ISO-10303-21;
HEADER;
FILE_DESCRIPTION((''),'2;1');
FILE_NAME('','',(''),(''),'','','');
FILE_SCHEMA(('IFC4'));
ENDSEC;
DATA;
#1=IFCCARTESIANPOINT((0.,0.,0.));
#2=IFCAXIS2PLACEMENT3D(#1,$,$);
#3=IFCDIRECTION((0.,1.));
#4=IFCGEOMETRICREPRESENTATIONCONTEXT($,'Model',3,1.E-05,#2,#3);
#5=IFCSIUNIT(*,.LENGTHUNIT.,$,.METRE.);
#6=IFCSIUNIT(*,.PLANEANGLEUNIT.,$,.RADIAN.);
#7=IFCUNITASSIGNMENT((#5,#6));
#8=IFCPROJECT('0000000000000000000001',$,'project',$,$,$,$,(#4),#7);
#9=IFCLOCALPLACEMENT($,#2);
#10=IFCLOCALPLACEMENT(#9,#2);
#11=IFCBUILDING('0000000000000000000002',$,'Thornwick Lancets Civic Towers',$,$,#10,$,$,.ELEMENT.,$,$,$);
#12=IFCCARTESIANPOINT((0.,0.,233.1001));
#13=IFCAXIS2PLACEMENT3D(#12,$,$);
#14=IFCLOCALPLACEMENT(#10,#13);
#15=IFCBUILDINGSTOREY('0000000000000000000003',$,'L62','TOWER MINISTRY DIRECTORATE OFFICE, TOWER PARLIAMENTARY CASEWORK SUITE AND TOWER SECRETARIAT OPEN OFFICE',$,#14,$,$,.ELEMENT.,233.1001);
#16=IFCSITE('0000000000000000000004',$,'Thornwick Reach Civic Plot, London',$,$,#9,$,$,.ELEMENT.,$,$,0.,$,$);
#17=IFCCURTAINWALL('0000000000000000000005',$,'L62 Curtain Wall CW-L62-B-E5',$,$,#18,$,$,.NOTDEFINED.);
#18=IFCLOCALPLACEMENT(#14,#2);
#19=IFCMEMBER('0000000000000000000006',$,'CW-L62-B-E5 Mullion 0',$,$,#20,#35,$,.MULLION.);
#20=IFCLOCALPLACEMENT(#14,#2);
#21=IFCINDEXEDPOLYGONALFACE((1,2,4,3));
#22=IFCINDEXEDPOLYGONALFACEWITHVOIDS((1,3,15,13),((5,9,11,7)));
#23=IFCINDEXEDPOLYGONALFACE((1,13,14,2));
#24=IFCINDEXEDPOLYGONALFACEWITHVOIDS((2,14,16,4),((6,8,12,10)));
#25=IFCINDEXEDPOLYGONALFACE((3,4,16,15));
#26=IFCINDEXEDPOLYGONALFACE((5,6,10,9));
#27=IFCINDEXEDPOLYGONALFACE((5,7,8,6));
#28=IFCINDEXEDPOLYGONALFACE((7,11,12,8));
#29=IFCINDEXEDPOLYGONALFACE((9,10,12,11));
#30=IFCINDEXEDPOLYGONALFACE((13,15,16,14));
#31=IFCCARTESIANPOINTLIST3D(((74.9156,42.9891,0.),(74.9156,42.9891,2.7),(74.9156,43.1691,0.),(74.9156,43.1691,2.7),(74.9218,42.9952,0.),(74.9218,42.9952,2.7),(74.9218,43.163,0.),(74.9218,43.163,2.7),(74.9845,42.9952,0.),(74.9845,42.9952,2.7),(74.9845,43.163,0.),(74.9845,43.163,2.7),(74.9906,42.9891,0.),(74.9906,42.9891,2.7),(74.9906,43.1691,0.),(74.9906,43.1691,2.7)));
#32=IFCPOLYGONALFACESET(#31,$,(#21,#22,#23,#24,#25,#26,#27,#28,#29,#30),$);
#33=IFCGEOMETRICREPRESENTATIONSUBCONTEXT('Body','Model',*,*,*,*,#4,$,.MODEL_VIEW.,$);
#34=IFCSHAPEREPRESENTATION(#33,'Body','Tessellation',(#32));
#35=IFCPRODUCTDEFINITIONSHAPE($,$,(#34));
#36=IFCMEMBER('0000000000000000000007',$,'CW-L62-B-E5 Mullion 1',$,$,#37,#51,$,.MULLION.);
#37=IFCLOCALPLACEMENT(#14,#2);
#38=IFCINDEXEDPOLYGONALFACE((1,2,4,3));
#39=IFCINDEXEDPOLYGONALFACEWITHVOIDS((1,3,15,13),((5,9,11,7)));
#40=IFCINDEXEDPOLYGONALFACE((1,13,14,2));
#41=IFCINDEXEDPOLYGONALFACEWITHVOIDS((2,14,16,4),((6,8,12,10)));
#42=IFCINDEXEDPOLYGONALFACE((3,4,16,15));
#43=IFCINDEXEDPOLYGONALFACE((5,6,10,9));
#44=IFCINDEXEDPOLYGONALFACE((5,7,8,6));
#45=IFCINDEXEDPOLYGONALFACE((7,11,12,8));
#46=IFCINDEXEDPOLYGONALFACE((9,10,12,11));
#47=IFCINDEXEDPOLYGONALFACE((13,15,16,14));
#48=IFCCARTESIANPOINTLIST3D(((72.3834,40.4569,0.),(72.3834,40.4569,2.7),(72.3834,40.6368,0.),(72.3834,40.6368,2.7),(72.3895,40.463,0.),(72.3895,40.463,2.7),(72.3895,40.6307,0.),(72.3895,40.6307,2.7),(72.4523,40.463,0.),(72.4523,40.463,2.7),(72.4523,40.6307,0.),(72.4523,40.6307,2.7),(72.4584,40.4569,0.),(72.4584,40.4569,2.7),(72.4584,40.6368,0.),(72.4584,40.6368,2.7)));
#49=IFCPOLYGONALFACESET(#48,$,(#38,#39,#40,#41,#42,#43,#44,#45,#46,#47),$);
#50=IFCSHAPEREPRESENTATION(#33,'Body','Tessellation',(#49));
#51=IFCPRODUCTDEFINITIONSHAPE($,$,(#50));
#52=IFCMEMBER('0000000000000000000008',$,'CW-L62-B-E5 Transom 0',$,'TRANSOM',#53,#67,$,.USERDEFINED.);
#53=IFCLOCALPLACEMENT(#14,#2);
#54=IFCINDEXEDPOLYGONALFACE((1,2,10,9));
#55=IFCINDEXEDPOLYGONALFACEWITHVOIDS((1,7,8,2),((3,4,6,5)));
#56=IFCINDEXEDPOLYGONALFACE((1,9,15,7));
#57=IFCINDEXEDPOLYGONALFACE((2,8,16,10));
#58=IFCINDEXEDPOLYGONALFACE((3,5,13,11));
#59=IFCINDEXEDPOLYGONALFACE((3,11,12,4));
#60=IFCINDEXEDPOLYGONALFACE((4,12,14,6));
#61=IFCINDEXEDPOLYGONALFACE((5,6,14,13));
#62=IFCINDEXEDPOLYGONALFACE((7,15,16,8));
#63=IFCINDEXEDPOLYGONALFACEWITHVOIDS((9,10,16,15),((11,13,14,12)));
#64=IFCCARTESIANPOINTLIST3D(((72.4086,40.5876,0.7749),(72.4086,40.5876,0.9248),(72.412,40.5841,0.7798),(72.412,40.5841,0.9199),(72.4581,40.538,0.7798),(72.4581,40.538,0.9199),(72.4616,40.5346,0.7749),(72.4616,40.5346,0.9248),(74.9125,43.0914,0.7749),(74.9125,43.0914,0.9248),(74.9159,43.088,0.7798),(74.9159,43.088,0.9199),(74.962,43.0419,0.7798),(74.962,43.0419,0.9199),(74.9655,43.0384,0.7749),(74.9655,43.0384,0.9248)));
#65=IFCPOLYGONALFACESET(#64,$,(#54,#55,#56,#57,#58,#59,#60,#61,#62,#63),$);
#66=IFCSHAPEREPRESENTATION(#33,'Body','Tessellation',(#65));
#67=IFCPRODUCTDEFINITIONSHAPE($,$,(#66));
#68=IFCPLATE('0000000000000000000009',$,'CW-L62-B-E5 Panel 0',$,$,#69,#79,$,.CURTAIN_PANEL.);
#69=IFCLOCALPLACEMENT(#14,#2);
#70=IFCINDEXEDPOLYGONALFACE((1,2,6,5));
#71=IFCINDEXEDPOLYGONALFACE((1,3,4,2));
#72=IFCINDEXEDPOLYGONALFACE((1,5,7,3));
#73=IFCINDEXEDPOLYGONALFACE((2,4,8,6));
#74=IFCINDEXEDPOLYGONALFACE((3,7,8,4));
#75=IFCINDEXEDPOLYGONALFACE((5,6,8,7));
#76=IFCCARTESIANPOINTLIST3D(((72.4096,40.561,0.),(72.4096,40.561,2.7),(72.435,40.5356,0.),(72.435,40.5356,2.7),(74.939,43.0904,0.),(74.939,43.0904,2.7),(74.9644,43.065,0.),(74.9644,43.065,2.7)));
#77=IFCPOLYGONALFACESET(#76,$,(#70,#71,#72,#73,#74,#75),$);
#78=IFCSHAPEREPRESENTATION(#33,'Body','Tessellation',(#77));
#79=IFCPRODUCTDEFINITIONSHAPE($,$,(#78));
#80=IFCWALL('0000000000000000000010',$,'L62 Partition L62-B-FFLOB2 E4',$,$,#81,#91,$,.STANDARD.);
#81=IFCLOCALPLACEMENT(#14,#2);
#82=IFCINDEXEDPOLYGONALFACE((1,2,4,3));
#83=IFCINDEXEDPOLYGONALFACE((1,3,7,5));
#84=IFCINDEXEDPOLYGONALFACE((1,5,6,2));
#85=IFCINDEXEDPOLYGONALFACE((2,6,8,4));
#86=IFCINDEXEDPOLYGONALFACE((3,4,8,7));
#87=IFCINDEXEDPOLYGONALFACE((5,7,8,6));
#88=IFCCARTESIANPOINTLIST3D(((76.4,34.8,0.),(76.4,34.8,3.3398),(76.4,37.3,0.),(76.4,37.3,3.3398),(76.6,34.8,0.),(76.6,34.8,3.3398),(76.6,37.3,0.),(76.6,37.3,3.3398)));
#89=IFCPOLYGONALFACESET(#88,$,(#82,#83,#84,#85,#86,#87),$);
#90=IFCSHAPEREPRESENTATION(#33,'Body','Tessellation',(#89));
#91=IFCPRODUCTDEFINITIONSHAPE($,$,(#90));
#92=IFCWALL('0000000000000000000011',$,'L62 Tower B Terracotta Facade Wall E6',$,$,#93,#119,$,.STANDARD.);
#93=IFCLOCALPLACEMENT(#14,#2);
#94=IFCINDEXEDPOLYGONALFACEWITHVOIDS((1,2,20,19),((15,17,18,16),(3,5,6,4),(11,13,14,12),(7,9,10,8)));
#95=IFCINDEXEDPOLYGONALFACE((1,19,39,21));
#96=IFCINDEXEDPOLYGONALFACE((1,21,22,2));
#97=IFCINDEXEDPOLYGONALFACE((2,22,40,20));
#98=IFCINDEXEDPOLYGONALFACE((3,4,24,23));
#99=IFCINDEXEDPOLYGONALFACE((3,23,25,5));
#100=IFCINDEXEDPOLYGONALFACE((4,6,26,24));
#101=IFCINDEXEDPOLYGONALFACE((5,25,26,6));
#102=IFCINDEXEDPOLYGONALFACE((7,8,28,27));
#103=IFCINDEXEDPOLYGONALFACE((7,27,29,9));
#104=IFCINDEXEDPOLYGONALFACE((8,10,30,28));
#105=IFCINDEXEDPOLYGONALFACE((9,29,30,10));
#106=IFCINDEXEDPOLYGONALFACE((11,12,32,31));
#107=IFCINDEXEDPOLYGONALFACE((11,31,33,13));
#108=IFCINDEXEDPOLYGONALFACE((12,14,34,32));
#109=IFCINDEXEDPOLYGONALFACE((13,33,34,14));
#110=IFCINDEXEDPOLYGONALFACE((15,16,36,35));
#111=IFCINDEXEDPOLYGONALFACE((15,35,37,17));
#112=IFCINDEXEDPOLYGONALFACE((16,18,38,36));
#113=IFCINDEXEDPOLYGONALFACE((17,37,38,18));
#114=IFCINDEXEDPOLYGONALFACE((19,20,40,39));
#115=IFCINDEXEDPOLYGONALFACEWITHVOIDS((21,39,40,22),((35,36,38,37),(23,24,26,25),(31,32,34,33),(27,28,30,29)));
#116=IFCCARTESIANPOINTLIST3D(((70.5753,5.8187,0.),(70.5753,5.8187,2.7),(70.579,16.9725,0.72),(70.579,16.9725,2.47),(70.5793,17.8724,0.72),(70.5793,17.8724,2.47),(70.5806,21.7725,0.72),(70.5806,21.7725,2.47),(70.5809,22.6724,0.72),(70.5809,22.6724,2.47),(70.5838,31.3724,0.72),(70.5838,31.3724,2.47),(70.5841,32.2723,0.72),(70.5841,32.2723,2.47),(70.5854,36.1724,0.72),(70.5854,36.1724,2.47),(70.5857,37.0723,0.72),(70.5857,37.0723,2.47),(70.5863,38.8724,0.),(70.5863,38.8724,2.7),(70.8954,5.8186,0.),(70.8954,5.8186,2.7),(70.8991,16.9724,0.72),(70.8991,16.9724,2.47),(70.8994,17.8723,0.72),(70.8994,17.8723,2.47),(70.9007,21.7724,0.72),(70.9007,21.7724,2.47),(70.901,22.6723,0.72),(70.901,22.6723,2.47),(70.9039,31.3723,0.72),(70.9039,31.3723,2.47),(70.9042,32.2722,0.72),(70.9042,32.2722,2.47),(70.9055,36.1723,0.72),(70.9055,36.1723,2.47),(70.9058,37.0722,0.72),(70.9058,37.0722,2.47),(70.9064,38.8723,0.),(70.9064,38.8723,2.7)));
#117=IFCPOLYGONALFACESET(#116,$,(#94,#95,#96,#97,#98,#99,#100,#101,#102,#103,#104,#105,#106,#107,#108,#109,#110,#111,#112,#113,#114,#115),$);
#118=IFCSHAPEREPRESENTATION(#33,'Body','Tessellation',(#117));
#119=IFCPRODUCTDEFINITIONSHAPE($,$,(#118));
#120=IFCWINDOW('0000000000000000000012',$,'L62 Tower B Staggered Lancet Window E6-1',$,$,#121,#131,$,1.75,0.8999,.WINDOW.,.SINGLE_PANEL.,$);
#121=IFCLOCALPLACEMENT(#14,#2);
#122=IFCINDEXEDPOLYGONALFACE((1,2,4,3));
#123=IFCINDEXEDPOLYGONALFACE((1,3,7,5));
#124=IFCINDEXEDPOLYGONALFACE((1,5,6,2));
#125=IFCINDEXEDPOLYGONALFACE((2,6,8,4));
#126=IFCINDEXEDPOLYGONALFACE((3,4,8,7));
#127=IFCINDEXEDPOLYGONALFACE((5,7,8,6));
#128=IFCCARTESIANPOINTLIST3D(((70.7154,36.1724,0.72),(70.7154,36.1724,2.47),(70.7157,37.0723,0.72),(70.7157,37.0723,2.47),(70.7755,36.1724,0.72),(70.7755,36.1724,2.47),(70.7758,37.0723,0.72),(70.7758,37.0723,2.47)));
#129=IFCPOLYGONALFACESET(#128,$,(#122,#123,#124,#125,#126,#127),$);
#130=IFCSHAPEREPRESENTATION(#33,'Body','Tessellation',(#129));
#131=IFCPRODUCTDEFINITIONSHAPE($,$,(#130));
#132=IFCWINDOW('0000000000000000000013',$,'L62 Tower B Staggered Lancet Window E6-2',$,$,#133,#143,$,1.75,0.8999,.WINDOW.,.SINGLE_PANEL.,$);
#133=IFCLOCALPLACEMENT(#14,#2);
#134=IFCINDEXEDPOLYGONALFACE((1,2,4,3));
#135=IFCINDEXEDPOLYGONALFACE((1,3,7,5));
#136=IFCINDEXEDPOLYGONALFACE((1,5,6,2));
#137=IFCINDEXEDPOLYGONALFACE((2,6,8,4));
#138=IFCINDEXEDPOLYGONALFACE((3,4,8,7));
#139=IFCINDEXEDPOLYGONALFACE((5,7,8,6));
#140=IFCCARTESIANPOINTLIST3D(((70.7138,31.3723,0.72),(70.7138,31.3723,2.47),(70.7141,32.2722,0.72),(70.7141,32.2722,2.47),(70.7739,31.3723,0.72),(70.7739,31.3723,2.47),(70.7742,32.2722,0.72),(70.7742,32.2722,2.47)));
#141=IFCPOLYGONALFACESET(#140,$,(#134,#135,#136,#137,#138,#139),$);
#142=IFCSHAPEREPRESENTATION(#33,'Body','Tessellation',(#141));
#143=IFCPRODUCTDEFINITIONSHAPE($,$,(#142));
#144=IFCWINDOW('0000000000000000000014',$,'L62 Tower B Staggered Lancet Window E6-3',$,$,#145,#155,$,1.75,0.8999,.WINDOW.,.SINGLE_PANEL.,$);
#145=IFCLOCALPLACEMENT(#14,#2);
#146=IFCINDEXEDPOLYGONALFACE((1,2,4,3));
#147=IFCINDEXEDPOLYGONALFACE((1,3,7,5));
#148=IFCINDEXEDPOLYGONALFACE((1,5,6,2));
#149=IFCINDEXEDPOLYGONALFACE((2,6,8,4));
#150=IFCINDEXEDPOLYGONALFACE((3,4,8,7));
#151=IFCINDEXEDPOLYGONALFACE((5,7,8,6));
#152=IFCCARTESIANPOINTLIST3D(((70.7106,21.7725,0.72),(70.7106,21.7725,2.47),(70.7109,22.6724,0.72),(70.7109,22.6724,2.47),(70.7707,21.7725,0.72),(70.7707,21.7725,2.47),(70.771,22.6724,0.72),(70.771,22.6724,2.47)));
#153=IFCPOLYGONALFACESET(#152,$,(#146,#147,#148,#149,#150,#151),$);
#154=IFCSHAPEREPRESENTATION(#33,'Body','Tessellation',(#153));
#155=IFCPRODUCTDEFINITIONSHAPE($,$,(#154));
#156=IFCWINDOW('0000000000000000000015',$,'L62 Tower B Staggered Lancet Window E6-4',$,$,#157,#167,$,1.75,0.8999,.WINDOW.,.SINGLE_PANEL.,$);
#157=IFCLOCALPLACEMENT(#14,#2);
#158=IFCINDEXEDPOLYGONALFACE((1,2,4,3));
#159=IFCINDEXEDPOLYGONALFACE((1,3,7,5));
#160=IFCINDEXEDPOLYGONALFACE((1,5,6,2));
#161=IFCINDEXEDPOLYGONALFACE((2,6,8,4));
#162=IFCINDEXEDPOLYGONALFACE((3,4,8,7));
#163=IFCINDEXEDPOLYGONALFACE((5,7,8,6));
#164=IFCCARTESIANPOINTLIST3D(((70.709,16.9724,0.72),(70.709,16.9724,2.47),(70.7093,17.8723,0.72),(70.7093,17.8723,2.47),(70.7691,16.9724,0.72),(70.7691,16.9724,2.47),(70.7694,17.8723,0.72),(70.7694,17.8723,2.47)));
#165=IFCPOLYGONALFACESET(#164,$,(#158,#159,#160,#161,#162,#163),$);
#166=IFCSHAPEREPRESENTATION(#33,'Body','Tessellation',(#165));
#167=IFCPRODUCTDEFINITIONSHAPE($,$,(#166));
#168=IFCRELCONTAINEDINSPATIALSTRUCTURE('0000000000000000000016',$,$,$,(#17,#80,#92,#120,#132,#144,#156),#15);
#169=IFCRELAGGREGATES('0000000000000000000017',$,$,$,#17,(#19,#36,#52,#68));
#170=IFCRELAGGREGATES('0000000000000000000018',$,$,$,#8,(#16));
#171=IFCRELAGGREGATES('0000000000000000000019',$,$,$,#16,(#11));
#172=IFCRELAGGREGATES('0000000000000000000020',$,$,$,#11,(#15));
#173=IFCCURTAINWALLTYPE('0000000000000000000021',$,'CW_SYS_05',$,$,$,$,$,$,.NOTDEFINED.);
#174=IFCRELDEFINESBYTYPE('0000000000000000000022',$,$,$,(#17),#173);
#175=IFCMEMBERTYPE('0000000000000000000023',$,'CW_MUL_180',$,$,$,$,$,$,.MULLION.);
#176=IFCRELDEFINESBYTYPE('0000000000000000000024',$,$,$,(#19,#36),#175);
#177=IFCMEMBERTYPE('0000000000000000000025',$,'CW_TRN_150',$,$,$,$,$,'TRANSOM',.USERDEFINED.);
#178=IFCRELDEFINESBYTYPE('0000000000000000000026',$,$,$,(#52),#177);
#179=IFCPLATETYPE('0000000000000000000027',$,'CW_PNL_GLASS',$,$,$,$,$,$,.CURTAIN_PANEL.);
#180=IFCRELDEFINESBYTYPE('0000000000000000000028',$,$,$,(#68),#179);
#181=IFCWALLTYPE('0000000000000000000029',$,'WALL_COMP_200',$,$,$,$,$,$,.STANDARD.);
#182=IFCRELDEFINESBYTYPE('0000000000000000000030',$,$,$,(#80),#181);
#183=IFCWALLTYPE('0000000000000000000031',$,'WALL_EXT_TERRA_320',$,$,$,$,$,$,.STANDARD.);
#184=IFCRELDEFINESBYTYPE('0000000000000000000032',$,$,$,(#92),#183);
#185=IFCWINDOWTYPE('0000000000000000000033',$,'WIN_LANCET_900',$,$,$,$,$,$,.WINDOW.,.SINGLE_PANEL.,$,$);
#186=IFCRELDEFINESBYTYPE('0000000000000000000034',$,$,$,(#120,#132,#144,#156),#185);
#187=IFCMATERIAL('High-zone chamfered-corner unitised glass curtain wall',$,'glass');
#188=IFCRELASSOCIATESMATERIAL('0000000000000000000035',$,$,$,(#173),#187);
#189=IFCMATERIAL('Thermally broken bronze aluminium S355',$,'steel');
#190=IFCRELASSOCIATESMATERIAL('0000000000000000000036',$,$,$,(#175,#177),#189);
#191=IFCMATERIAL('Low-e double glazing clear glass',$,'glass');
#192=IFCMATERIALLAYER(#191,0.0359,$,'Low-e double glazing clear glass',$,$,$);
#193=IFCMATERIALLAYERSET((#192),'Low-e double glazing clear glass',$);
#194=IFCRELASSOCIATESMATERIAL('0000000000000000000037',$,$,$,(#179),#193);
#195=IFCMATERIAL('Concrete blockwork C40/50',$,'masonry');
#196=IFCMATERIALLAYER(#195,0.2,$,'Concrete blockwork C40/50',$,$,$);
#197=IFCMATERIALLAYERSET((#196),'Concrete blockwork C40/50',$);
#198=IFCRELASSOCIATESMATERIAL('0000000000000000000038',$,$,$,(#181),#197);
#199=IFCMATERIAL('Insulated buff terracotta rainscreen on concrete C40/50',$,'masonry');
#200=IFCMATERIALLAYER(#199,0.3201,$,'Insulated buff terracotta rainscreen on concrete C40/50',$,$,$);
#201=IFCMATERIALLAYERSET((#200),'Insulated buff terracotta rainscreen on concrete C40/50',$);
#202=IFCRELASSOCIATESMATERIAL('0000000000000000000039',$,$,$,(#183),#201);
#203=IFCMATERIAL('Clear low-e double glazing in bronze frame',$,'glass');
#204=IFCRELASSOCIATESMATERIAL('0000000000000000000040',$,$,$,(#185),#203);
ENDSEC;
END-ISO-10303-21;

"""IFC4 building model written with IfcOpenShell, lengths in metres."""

from ifc_helpers import new_model, si_unit, direction, frame, frame_2d, origin, origin_2d, place, context, subcontext, project, spatial, rectangle, hollow_rectangle, extrude, material, layer, layer_set, material_profile, profile_set, type_object, element, fill, aggregate, save


model = new_model("IFC4")

# Units and contexts
model_context = context("Model", 3, precision=1e-05, world=origin(), true_north=direction((0.0, 1.0)))
body_context = subcontext(model_context, "Body", "Model", "MODEL_VIEW")
ifc_project = project(units=[si_unit("LENGTHUNIT", "METRE"), si_unit("PLANEANGLEUNIT", "RADIAN")], contexts=[model_context])

# Site, building, storey
site_placement = place(None, origin())
site = spatial("IfcSite", under=ifc_project, at=site_placement, Name="Thornwick Reach Civic Plot, London", CompositionType="ELEMENT", RefElevation=0.0)
building_placement = place(site_placement, origin())
building = spatial("IfcBuilding", under=site, at=building_placement, Name="Thornwick Lancets Civic Towers", CompositionType="ELEMENT")
storey_placement = place(building_placement, frame((0.0, 0.0, 233.1001)))
storey = spatial("IfcBuildingStorey", under=building, at=storey_placement, Name="L62", Description="TOWER MINISTRY DIRECTORATE OFFICE, TOWER PARLIAMENTARY CASEWORK SUITE AND TOWER SECRETARIAT OPEN OFFICE", CompositionType="ELEMENT", Elevation=233.1001)

# Curtain wall, members, plate
ifc_material_1 = material(Name="High-zone chamfered-corner unitised glass curtain wall", Category="glass")
curtain_wall_type = type_object("IfcCurtainWallType", Name="CW_SYS_05", PredefinedType="NOTDEFINED", material=ifc_material_1)
curtain_wall_placement = place(storey_placement, origin())
curtain_wall = element("IfcCurtainWall", 1, at=curtain_wall_placement, inside=storey, type_object=curtain_wall_type, Name="L62 Curtain Wall CW-L62-B-E5", PredefinedType="NOTDEFINED")
ifc_material_2 = material(Name="Thermally broken bronze aluminium S355", Category="steel")
ifc_material_profile_1 = material_profile(ifc_material_2, hollow_rectangle(XDim=0.075, YDim=0.1799, WallThickness=0.0061, at=origin_2d()), Name="RHS 180x75x6")
ifc_profile_set_1 = profile_set([ifc_material_profile_1], Name="Thermally broken bronze aluminium S355")
member_type_1 = type_object("IfcMemberType", Name="CW_MUL_180", PredefinedType="MULLION", material=ifc_profile_set_1)
member_1_placement = place(storey_placement, frame((74.9531, 43.0791, 0.0), z_axis=(0.0, 0.0, 1.0), x_axis=(1.0, 0.0, 0.0)))
member_1 = element("IfcMember", 2, at=member_1_placement, type_object=member_type_1, Name="CW-L62-B-E5 Mullion 0", PredefinedType="MULLION", context=body_context, shape_type="SweptSolid", body=[
    extrude(hollow_rectangle(XDim=0.075, YDim=0.1799, WallThickness=0.0061, at=origin_2d()), origin(), (0.0, 0.0, 1.0), 2.7),
])
member_2_placement = place(storey_placement, frame((72.4209, 40.5469, 0.0), z_axis=(0.0, 0.0, 1.0), x_axis=(1.0, 0.0, 0.0)))
member_2 = element("IfcMember", 3, at=member_2_placement, type_object=member_type_1, Name="CW-L62-B-E5 Mullion 1", PredefinedType="MULLION", context=body_context, shape_type="SweptSolid", body=[
    extrude(hollow_rectangle(XDim=0.075, YDim=0.1799, WallThickness=0.0061, at=origin_2d()), origin(), (0.0, 0.0, 1.0), 2.7),
])
ifc_material_profile_2 = material_profile(ifc_material_2, hollow_rectangle(XDim=0.075, YDim=0.1499, WallThickness=0.0049, at=origin_2d()), Name="RHS 150x75x5")
ifc_profile_set_2 = profile_set([ifc_material_profile_2], Name="Thermally broken bronze aluminium S355")
member_type_2 = type_object("IfcMemberType", Name="CW_TRN_150", ElementType="TRANSOM", PredefinedType="USERDEFINED", material=ifc_profile_set_2)
member_3_placement = place(storey_placement, frame((74.939, 43.0649, 0.8499), z_axis=(-0.707107, -0.707107, 0.0), x_axis=(0.707107, -0.707107, 0.0)))
member_3 = element("IfcMember", 4, at=member_3_placement, type_object=member_type_2, Name="CW-L62-B-E5 Transom 0", ObjectType="TRANSOM", PredefinedType="USERDEFINED", context=body_context, shape_type="SweptSolid", body=[
    extrude(hollow_rectangle(XDim=0.075, YDim=0.1499, WallThickness=0.0049, at=origin_2d()), origin(), (0.0, 0.0, 1.0), 3.541),
])
ifc_material_3 = material(Name="Low-e double glazing clear glass", Category="glass")
ifc_layer_1 = layer(ifc_material_3, 0.0359, Name="Low-e double glazing clear glass")
ifc_layer_set_1 = layer_set([ifc_layer_1], Name="Low-e double glazing clear glass")
plate_type = type_object("IfcPlateType", Name="CW_PNL_GLASS", PredefinedType="CURTAIN_PANEL", material=ifc_layer_set_1)
plate_placement = place(storey_placement, frame((73.687, 41.813, 0.0), z_axis=(0.0, 0.0, 1.0), x_axis=(-0.707107, -0.707107, 0.0)))
plate = element("IfcPlate", 5, at=plate_placement, type_object=plate_type, Name="CW-L62-B-E5 Panel 0", PredefinedType="CURTAIN_PANEL", context=body_context, shape_type="SweptSolid", body=[
    extrude(rectangle(XDim=3.5771, YDim=0.0359, at=origin_2d()), origin(), (0.0, 0.0, 1.0), 2.7),
])
aggregate(curtain_wall, [member_1, member_2, member_3, plate])

# Wall
ifc_material_4 = material(Name="Concrete blockwork C40/50", Category="masonry")
ifc_layer_2 = layer(ifc_material_4, 0.2, Name="Concrete blockwork C40/50")
ifc_layer_set_2 = layer_set([ifc_layer_2], Name="Concrete blockwork C40/50")
wall_type_1 = type_object("IfcWallType", Name="WALL_COMP_200", PredefinedType="STANDARD", material=ifc_layer_set_2)
wall_1_placement = place(storey_placement, frame((76.5, 37.3, 0.0), z_axis=(0.0, 0.0, 1.0), x_axis=(0.0, -1.0, 0.0)))
element("IfcWall", 6, at=wall_1_placement, inside=storey, type_object=wall_type_1, Name="L62 Partition L62-B-FFLOB2 E4", PredefinedType="STANDARD", context=body_context, shape_type="SweptSolid", body=[
    extrude(rectangle(XDim=2.5, YDim=0.2, at=frame_2d((1.25, 0.0))), origin(), (0.0, 0.0, 1.0), 3.3398),
])

# Wall, openings, windows
ifc_material_5 = material(Name="Insulated buff terracotta rainscreen on concrete C40/50", Category="masonry")
ifc_layer_3 = layer(ifc_material_5, 0.3201, Name="Insulated buff terracotta rainscreen on concrete C40/50")
ifc_layer_set_3 = layer_set([ifc_layer_3], Name="Insulated buff terracotta rainscreen on concrete C40/50")
wall_type_2 = type_object("IfcWallType", Name="WALL_EXT_TERRA_320", PredefinedType="STANDARD", material=ifc_layer_set_3)
wall_2_placement = place(storey_placement, frame((70.7463, 38.8723, 0.0), z_axis=(0.0, 0.0, 1.0), x_axis=(-0.000332, -1.0, 0.0)))
wall_2 = element("IfcWall", 7, at=wall_2_placement, inside=storey, type_object=wall_type_2, Name="L62 Tower B Terracotta Facade Wall E6", PredefinedType="STANDARD", context=body_context, shape_type="SweptSolid", body=[
    extrude(rectangle(XDim=33.0537, YDim=0.3201, at=frame_2d((16.5269, 0.0))), origin(), (0.0, 0.0, 1.0), 2.7),
])
opening_1_placement = place(wall_2_placement, frame((1.8, 0.0, 0.72)))
opening_1 = element("IfcOpeningElement", 8, at=opening_1_placement, cuts=wall_2, PredefinedType="OPENING", context=body_context, shape_type="SweptSolid", body=[
    extrude(rectangle(XDim=0.8999, YDim=1.75, at=frame_2d((0.45, 0.875))), frame((0.0, 0.1699, 0.0), z_axis=(0.0, -1.0, 0.0), x_axis=(1.0, 0.0, 0.0)), (0.0, 0.0, 1.0), 0.3401),
])
opening_2_placement = place(wall_2_placement, frame((6.6001, 0.0, 0.72)))
opening_2 = element("IfcOpeningElement", 9, at=opening_2_placement, cuts=wall_2, PredefinedType="OPENING", context=body_context, shape_type="SweptSolid", body=[
    extrude(rectangle(XDim=0.8999, YDim=1.75, at=frame_2d((0.45, 0.875))), frame((0.0, 0.1699, 0.0), z_axis=(0.0, -1.0, 0.0), x_axis=(1.0, 0.0, 0.0)), (0.0, 0.0, 1.0), 0.3401),
])
opening_3_placement = place(wall_2_placement, frame((16.2, 0.0, 0.72)))
opening_3 = element("IfcOpeningElement", 10, at=opening_3_placement, cuts=wall_2, PredefinedType="OPENING", context=body_context, shape_type="SweptSolid", body=[
    extrude(rectangle(XDim=0.8999, YDim=1.75, at=frame_2d((0.45, 0.875))), frame((0.0, 0.1699, 0.0), z_axis=(0.0, -1.0, 0.0), x_axis=(1.0, 0.0, 0.0)), (0.0, 0.0, 1.0), 0.3401),
])
opening_4_placement = place(wall_2_placement, frame((21.0, 0.0, 0.72)))
opening_4 = element("IfcOpeningElement", 11, at=opening_4_placement, cuts=wall_2, PredefinedType="OPENING", context=body_context, shape_type="SweptSolid", body=[
    extrude(rectangle(XDim=0.8999, YDim=1.75, at=frame_2d((0.45, 0.875))), frame((0.0, 0.1699, 0.0), z_axis=(0.0, -1.0, 0.0), x_axis=(1.0, 0.0, 0.0)), (0.0, 0.0, 1.0), 0.3401),
])
ifc_material_6 = material(Name="Clear low-e double glazing in bronze frame", Category="glass")
window_type = type_object("IfcWindowType", Name="WIN_LANCET_900", PartitioningType="SINGLE_PANEL", PredefinedType="WINDOW", material=ifc_material_6)
window_1_placement = place(opening_1_placement, origin())
window_1 = element("IfcWindow", 12, at=window_1_placement, inside=storey, type_object=window_type, Name="L62 Tower B Staggered Lancet Window E6-1", OverallHeight=1.75, OverallWidth=0.8999, PartitioningType="SINGLE_PANEL", PredefinedType="WINDOW", context=body_context, shape_type="SweptSolid", body=[
    extrude(rectangle(XDim=0.8999, YDim=1.75, at=frame_2d((0.45, 0.875))), frame((0.0, 0.03, 0.0), z_axis=(0.0, -1.0, 0.0), x_axis=(1.0, 0.0, 0.0)), (0.0, 0.0, 1.0), 0.0601),
])
fill(opening_1, window_1)
window_2_placement = place(opening_2_placement, origin())
window_2 = element("IfcWindow", 13, at=window_2_placement, inside=storey, type_object=window_type, Name="L62 Tower B Staggered Lancet Window E6-2", OverallHeight=1.75, OverallWidth=0.8999, PartitioningType="SINGLE_PANEL", PredefinedType="WINDOW", context=body_context, shape_type="SweptSolid", body=[
    extrude(rectangle(XDim=0.8999, YDim=1.75, at=frame_2d((0.45, 0.875))), frame((0.0, 0.03, 0.0), z_axis=(0.0, -1.0, 0.0), x_axis=(1.0, 0.0, 0.0)), (0.0, 0.0, 1.0), 0.0601),
])
fill(opening_2, window_2)
window_3_placement = place(opening_3_placement, origin())
window_3 = element("IfcWindow", 14, at=window_3_placement, inside=storey, type_object=window_type, Name="L62 Tower B Staggered Lancet Window E6-3", OverallHeight=1.75, OverallWidth=0.8999, PartitioningType="SINGLE_PANEL", PredefinedType="WINDOW", context=body_context, shape_type="SweptSolid", body=[
    extrude(rectangle(XDim=0.8999, YDim=1.75, at=frame_2d((0.45, 0.875))), frame((0.0, 0.03, 0.0), z_axis=(0.0, -1.0, 0.0), x_axis=(1.0, 0.0, 0.0)), (0.0, 0.0, 1.0), 0.0601),
])
fill(opening_3, window_3)
window_4_placement = place(opening_4_placement, origin())
window_4 = element("IfcWindow", 15, at=window_4_placement, inside=storey, type_object=window_type, Name="L62 Tower B Staggered Lancet Window E6-4", OverallHeight=1.75, OverallWidth=0.8999, PartitioningType="SINGLE_PANEL", PredefinedType="WINDOW", context=body_context, shape_type="SweptSolid", body=[
    extrude(rectangle(XDim=0.8999, YDim=1.75, at=frame_2d((0.45, 0.875))), frame((0.0, 0.03, 0.0), z_axis=(0.0, -1.0, 0.0), x_axis=(1.0, 0.0, 0.0)), (0.0, 0.0, 1.0), 0.0601),
])
fill(opening_4, window_4)

save(model, "model.ifc")
